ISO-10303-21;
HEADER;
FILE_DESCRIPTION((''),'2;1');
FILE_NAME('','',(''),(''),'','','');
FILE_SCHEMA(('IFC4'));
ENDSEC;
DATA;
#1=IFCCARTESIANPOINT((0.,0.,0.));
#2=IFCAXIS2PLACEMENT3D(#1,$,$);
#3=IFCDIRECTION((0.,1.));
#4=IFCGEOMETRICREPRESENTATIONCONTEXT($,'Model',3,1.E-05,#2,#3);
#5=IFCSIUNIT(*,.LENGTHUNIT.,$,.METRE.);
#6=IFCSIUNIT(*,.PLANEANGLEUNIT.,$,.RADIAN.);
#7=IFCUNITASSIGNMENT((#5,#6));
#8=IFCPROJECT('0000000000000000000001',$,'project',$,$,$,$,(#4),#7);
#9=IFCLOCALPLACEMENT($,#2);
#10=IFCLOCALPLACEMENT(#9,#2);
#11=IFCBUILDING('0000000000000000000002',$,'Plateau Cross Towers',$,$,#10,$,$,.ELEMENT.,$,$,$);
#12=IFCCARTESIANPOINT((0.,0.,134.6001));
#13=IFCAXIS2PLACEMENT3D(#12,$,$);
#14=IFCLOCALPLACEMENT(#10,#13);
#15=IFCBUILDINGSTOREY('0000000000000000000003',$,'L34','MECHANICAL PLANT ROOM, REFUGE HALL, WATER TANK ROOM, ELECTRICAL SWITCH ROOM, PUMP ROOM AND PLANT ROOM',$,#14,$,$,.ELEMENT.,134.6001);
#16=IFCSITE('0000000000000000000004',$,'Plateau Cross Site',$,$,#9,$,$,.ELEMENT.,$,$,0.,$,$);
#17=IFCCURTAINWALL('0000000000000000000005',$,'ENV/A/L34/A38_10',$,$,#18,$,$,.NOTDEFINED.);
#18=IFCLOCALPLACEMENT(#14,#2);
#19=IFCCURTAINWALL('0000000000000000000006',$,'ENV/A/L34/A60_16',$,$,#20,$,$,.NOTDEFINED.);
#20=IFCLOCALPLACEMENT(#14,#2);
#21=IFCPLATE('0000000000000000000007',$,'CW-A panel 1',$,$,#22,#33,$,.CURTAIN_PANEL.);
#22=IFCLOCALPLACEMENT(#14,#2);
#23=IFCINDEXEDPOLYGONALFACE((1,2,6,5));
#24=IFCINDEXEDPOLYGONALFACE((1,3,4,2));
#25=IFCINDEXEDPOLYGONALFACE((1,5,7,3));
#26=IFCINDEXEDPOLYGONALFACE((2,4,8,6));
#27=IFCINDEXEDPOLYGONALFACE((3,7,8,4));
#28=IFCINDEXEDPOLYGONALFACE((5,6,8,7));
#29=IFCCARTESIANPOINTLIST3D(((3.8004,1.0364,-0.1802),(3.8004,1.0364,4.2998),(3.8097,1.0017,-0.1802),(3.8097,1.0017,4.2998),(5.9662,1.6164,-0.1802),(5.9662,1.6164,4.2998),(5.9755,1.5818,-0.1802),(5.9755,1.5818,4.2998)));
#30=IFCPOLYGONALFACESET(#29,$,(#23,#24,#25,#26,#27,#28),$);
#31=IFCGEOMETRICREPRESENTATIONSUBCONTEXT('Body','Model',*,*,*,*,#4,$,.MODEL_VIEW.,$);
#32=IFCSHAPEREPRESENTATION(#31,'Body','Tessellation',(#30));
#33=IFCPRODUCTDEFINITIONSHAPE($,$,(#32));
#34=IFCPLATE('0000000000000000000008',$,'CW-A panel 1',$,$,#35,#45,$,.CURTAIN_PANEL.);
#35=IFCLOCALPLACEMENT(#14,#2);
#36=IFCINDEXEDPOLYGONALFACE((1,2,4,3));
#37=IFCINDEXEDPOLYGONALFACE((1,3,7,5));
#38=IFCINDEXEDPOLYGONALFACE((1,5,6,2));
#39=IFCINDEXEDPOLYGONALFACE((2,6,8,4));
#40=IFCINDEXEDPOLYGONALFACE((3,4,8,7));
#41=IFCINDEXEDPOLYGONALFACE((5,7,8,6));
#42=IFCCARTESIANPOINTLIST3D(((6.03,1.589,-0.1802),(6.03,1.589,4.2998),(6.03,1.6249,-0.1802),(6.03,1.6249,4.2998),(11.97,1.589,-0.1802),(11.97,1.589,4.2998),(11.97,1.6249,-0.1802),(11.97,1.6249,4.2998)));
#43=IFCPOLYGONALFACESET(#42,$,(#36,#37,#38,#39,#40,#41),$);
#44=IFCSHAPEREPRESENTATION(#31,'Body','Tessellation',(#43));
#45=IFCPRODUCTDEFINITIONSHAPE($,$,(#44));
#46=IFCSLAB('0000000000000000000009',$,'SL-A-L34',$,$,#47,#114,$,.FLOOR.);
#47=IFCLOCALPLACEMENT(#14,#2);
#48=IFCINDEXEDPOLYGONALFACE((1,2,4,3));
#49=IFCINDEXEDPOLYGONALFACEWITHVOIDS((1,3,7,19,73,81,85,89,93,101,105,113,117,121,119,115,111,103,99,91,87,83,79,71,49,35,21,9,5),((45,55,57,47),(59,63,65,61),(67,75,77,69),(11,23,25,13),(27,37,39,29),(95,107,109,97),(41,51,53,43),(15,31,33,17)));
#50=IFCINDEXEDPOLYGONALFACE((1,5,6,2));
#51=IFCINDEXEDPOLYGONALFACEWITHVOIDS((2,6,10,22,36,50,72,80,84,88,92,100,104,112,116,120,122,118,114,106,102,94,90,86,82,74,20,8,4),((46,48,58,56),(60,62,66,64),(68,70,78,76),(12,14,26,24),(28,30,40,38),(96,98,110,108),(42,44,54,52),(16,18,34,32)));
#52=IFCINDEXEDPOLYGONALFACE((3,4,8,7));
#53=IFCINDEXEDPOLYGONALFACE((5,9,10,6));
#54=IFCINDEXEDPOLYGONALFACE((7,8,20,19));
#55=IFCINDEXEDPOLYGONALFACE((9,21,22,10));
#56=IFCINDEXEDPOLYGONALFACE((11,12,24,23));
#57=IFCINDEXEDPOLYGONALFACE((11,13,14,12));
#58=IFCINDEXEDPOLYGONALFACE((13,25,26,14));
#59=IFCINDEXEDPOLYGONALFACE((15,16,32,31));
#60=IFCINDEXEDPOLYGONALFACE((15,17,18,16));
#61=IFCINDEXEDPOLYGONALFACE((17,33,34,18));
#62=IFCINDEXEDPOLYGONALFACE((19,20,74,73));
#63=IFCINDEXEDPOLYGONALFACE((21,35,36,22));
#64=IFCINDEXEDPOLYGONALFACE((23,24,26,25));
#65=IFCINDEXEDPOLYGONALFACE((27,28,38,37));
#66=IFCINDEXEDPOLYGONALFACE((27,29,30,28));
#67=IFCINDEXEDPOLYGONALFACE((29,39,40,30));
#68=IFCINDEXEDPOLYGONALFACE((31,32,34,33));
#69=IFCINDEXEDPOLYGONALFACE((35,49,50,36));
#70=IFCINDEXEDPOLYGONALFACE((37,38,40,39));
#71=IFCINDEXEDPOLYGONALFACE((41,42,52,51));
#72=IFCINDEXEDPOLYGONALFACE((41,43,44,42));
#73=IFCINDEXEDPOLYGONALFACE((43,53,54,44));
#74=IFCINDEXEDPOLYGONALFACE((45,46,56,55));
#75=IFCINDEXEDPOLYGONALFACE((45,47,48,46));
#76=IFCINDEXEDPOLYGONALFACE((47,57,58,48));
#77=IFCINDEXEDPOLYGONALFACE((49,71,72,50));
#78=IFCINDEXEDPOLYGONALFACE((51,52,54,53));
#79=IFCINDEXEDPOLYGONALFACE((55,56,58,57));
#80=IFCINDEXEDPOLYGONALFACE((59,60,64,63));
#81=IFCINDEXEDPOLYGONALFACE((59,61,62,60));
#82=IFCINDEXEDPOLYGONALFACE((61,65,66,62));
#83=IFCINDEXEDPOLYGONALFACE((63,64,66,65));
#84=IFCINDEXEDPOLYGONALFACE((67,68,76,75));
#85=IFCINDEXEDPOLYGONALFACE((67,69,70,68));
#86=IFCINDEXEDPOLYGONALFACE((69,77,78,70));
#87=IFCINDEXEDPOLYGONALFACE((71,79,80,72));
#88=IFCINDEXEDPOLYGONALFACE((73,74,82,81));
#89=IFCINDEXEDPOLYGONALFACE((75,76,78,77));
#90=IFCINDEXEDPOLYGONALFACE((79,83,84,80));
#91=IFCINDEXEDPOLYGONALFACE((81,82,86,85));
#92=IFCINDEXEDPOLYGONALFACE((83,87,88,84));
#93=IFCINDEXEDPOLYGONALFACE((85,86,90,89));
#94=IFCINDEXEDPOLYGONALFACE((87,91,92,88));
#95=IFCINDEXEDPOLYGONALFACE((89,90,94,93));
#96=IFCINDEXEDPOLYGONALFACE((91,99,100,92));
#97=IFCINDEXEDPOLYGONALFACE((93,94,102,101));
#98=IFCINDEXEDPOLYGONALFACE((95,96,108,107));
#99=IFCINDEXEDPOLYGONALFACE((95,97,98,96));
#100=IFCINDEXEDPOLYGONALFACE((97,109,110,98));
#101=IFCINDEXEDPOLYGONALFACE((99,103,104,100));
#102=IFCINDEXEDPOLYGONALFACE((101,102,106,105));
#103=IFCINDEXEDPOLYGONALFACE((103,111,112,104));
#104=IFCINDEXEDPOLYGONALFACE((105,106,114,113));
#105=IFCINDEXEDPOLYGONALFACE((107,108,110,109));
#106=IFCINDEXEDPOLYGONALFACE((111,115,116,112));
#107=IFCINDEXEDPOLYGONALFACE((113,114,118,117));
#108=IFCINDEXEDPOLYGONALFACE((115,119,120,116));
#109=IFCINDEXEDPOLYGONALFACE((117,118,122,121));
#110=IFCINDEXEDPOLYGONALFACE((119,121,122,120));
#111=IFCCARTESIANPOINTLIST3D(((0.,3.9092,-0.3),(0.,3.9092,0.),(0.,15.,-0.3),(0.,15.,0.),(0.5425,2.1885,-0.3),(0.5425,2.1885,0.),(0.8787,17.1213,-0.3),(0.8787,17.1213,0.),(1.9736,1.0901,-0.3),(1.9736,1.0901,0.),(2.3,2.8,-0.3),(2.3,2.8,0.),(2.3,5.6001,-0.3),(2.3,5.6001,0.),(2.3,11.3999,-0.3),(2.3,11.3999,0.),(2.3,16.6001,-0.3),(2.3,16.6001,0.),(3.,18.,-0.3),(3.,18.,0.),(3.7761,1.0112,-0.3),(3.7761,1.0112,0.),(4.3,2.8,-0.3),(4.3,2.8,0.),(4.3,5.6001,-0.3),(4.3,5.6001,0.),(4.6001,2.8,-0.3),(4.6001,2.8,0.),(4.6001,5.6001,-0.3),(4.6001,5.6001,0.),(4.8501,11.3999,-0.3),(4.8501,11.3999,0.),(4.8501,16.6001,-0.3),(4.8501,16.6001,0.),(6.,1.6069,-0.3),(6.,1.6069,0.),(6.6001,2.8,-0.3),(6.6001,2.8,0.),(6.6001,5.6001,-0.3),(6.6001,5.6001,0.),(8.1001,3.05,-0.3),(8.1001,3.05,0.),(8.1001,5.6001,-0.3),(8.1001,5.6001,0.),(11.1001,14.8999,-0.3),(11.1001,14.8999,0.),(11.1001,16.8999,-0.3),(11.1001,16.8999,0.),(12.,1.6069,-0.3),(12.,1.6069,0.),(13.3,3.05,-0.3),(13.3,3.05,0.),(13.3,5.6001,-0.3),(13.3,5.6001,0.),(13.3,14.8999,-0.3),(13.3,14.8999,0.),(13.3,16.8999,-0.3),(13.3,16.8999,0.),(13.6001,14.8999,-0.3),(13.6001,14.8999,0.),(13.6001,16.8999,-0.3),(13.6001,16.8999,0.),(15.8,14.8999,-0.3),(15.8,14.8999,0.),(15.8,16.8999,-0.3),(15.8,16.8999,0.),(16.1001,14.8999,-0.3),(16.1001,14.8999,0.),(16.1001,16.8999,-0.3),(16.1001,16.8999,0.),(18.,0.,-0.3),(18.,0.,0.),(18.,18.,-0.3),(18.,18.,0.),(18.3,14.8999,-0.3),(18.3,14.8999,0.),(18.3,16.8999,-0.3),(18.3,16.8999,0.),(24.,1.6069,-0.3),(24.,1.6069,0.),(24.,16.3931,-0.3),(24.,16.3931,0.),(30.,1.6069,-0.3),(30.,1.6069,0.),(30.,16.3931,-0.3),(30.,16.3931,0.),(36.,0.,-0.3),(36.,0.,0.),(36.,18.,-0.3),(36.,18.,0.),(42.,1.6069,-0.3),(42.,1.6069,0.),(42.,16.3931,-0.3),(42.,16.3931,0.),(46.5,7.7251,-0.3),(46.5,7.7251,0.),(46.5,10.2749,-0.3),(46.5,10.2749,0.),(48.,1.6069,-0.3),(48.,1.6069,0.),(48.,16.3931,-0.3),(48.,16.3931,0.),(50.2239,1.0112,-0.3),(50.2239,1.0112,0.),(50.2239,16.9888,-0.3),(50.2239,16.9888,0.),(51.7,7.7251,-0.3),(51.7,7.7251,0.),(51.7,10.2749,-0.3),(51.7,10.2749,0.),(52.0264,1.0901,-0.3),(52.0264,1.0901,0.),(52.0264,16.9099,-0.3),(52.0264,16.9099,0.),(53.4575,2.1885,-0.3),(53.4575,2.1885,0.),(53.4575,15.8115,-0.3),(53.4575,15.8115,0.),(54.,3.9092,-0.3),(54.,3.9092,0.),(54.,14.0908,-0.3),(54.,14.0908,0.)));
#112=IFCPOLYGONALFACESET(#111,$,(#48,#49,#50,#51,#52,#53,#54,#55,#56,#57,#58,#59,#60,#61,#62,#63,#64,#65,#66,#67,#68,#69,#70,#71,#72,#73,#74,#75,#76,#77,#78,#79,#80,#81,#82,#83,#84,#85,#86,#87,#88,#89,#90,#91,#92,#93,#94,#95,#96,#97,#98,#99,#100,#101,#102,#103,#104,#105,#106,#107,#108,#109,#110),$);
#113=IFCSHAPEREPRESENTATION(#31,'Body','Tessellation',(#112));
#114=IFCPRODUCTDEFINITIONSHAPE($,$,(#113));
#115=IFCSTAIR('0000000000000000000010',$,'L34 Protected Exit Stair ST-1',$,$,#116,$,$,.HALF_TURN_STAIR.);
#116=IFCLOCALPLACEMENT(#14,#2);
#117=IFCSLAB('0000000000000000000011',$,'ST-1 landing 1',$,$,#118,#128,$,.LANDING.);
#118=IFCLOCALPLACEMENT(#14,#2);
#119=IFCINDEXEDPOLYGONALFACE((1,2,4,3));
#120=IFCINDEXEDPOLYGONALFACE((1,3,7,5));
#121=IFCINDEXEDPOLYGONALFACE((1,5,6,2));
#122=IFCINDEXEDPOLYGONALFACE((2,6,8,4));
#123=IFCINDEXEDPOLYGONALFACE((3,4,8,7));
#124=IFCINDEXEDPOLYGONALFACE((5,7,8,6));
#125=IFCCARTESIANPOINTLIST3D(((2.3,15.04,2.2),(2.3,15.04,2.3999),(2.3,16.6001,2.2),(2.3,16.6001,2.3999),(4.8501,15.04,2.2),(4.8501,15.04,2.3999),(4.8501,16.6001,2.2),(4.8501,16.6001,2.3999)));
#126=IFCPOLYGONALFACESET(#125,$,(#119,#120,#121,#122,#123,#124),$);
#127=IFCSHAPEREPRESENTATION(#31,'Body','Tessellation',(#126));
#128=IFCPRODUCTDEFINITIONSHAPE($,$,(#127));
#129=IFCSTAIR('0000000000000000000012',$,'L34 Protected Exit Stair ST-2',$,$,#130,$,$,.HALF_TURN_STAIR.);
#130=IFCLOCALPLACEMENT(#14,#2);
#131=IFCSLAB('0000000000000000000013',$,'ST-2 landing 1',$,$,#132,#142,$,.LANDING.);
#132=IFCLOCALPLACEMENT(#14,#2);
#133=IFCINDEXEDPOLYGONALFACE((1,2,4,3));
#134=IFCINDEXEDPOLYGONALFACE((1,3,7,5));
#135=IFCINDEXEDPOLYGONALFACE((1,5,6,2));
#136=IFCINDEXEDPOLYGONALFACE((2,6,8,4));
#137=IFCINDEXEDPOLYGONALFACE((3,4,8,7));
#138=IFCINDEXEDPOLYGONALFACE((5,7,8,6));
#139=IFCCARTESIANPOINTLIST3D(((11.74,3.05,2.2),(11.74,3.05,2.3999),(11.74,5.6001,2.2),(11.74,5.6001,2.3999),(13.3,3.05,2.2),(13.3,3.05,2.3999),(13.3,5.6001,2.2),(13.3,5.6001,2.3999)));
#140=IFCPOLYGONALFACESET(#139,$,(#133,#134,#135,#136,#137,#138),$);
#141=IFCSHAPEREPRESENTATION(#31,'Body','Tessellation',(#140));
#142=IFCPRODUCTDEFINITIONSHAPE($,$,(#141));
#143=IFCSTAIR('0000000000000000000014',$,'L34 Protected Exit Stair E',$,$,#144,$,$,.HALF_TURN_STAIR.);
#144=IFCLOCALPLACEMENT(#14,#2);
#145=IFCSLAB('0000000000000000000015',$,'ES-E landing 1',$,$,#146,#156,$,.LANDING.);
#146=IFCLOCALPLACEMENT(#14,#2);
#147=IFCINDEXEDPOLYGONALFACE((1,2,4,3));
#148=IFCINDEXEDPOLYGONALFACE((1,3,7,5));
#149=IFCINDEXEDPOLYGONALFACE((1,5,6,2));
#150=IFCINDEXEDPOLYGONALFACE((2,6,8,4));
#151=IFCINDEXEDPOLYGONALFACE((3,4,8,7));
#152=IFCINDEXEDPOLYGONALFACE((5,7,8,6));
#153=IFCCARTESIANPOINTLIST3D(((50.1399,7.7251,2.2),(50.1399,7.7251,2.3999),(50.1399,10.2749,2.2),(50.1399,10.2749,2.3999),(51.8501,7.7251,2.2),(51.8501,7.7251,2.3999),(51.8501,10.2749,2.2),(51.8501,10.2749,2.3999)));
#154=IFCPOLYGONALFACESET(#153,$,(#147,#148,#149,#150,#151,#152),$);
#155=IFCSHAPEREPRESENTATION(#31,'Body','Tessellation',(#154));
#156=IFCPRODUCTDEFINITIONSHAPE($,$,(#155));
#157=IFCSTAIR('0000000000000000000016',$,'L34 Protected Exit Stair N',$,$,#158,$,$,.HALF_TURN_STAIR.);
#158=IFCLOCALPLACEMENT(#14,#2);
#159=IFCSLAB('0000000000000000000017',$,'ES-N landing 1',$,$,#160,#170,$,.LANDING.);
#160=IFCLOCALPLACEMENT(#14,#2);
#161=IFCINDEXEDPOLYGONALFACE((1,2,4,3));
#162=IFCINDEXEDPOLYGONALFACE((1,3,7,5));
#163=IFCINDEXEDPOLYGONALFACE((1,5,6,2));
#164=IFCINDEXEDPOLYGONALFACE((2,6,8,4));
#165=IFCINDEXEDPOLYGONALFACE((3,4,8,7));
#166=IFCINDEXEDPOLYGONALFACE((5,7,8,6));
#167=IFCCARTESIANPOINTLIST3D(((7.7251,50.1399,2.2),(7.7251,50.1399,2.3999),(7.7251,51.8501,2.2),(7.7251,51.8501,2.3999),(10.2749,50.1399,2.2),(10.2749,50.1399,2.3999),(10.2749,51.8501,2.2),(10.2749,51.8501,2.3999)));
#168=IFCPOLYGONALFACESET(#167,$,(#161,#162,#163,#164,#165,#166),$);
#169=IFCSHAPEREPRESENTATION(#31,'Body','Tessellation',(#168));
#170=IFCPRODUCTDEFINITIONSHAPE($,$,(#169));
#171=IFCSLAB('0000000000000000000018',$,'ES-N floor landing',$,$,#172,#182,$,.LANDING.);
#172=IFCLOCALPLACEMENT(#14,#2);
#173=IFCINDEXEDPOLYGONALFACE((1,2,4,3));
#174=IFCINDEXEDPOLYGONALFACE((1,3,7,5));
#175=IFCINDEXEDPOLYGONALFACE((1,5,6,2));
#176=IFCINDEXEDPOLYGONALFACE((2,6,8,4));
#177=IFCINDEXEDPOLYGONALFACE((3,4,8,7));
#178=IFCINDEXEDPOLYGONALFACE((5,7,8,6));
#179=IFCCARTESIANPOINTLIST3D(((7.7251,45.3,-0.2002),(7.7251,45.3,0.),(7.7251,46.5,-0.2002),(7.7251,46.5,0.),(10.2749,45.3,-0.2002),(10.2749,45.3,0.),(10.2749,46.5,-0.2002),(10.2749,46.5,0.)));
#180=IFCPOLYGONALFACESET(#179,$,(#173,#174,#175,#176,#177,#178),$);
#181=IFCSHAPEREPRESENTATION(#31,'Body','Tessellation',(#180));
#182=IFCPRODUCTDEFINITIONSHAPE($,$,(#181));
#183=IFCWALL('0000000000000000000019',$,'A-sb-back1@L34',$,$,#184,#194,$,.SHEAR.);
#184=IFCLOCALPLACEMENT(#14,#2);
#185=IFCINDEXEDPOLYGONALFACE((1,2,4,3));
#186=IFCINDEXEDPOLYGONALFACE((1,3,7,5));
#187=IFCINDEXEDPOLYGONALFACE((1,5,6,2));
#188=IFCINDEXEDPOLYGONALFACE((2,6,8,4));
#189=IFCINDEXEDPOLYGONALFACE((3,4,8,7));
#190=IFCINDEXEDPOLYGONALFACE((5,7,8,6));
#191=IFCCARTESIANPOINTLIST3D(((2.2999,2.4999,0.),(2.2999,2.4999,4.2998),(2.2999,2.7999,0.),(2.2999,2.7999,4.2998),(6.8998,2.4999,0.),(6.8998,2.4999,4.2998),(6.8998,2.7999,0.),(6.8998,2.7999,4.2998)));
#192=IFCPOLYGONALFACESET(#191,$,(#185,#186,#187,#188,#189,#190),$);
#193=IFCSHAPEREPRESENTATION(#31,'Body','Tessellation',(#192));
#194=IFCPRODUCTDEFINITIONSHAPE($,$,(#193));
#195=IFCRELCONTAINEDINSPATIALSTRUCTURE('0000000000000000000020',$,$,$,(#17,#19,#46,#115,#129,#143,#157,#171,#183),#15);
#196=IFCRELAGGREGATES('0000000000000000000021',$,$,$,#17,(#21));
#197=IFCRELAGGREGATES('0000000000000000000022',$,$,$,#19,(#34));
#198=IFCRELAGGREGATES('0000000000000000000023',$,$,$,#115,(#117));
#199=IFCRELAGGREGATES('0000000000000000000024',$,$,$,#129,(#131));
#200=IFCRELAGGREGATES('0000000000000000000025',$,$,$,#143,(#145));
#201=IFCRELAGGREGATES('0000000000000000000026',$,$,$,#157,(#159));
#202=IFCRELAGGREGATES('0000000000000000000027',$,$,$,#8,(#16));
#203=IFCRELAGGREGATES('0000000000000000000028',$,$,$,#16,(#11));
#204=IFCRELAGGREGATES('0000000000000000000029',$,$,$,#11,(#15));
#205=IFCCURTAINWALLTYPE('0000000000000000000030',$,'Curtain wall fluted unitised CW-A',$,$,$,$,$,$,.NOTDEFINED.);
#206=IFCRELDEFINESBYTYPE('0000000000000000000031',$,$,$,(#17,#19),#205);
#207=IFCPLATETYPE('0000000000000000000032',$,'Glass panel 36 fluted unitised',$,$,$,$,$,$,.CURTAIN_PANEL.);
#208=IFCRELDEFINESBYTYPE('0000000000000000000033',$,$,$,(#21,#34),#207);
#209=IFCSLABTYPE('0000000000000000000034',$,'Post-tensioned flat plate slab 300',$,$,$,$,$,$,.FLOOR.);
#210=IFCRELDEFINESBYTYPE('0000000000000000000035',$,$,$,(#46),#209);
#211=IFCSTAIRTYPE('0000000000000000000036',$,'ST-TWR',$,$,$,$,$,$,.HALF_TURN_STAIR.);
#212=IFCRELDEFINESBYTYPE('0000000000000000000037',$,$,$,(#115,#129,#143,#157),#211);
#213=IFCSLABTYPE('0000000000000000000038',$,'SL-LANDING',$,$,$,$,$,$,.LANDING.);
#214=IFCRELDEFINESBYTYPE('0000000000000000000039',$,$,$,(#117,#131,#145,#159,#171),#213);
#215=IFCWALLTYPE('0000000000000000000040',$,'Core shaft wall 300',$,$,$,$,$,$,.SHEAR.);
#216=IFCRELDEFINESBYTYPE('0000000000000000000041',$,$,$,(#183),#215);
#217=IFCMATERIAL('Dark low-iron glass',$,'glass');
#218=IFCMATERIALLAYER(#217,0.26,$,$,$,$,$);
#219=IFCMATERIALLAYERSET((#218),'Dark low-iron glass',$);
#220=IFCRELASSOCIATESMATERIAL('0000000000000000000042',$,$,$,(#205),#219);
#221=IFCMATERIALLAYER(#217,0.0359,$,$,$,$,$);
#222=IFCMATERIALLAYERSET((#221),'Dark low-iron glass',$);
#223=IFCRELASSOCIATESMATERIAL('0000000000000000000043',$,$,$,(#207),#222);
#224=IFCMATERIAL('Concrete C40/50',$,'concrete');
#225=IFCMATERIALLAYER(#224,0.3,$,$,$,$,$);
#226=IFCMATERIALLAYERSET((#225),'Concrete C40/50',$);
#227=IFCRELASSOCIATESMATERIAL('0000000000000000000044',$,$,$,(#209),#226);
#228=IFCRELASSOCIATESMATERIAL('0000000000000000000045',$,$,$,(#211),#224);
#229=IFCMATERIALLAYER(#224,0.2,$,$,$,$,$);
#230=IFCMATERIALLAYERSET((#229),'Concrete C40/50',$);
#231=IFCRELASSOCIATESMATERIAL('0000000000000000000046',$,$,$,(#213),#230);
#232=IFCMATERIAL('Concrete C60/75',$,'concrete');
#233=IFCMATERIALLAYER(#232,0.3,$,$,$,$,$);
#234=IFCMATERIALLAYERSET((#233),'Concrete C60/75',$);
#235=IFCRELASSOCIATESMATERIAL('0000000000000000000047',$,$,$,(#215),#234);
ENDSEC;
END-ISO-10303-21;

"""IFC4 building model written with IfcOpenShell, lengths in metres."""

from ifc_helpers import new_model, si_unit, direction, frame, frame_2d, origin, origin_2d, place, context, subcontext, project, spatial, polyline, rectangle, outline, extrude, material, layer, layer_set, type_object, element, aggregate, save


model = new_model("IFC4")

# Units and contexts
model_context = context("Model", 3, precision=1e-05, world=origin(), true_north=direction((0.0, 1.0)))
body_context = subcontext(model_context, "Body", "Model", "MODEL_VIEW")
ifc_project = project(units=[si_unit("LENGTHUNIT", "METRE"), si_unit("PLANEANGLEUNIT", "RADIAN")], contexts=[model_context])

# Site, building, storey
site_placement = place(None, origin())
site = spatial("IfcSite", under=ifc_project, at=site_placement, Name="Plateau Cross Site", CompositionType="ELEMENT", RefElevation=0.0)
building_placement = place(site_placement, origin())
building = spatial("IfcBuilding", under=site, at=building_placement, Name="Plateau Cross Towers", CompositionType="ELEMENT")
storey_placement = place(building_placement, frame((0.0, 0.0, 134.6001)))
storey = spatial("IfcBuildingStorey", under=building, at=storey_placement, Name="L34", Description="MECHANICAL PLANT ROOM, REFUGE HALL, WATER TANK ROOM, ELECTRICAL SWITCH ROOM, PUMP ROOM AND PLANT ROOM", CompositionType="ELEMENT", Elevation=134.6001)

# Shared definitions
ifc_material_1 = material(Name="Concrete C60/75", Category="concrete")

# Shared definitions
ifc_material_2 = material(Name="Dark low-iron glass", Category="glass")

# Curtain walls
ifc_layer_1 = layer(ifc_material_2, 0.26)
ifc_layer_set_1 = layer_set([ifc_layer_1], Name="Dark low-iron glass")
curtain_wall_type_1 = type_object("IfcCurtainWallType", Name="Curtain wall fluted unitised CW-A", PredefinedType="NOTDEFINED", material=ifc_layer_set_1)
curtain_wall_1_placement = place(storey_placement, origin())
curtain_wall_1 = element("IfcCurtainWall", 1, at=curtain_wall_1_placement, inside=storey, type_object=curtain_wall_type_1, Name="ENV/A/L34/A38_10", PredefinedType="NOTDEFINED")
curtain_wall_2_placement = place(storey_placement, origin())
curtain_wall_2 = element("IfcCurtainWall", 2, at=curtain_wall_2_placement, inside=storey, type_object=curtain_wall_type_1, Name="ENV/A/L34/A60_16", PredefinedType="NOTDEFINED")

# Plates
ifc_layer_2 = layer(ifc_material_2, 0.0359)
ifc_layer_set_2 = layer_set([ifc_layer_2], Name="Dark low-iron glass")
plate_type_1 = type_object("IfcPlateType", Name="Glass panel 36 fluted unitised", PredefinedType="CURTAIN_PANEL", material=ifc_layer_set_2)
plate_1_placement = place(storey_placement, frame((4.8879, 1.3091, -0.1802), z_axis=(0.0, 0.0, 1.0), x_axis=(0.965958, 0.258699, 0.0)))
plate_1 = element("IfcPlate", 3, at=plate_1_placement, type_object=plate_type_1, Name="CW-A panel 1", PredefinedType="CURTAIN_PANEL", context=body_context, shape_type="SweptSolid", body=[
    extrude(rectangle(XDim=2.2422, YDim=0.0359, at=origin_2d()), origin(), (0.0, 0.0, 1.0), 4.48),
])
aggregate(curtain_wall_1, [plate_1])
plate_2_placement = place(storey_placement, frame((9.0, 1.6069, -0.1802), z_axis=(0.0, 0.0, 1.0), x_axis=(1.0, 0.0, 0.0)))
plate_2 = element("IfcPlate", 4, at=plate_2_placement, type_object=plate_type_1, Name="CW-A panel 1", PredefinedType="CURTAIN_PANEL", context=body_context, shape_type="SweptSolid", body=[
    extrude(rectangle(XDim=5.9399, YDim=0.0359, at=origin_2d()), origin(), (0.0, 0.0, 1.0), 4.48),
])
aggregate(curtain_wall_2, [plate_2])

# Slab
ifc_material_3 = material(Name="Concrete C40/50", Category="concrete")
ifc_layer_3 = layer(ifc_material_3, 0.3)
ifc_layer_set_3 = layer_set([ifc_layer_3], Name="Concrete C40/50")
slab_type_1 = type_object("IfcSlabType", Name="Post-tensioned flat plate slab 300", PredefinedType="FLOOR", material=ifc_layer_set_3)
slab_1_placement = place(storey_placement, frame((0.0, 0.0, -0.3)))
element("IfcSlab", 5, at=slab_1_placement, inside=storey, type_object=slab_type_1, Name="SL-A-L34", PredefinedType="FLOOR", context=body_context, shape_type="SweptSolid", body=[
    extrude(outline(polyline([(1.9736, 1.0901), (0.5425, 2.1885), (0.0, 3.9092), (0.0, 15.0), (0.8787, 17.1213), (3.0, 18.0), (18.0, 18.0), (24.0, 16.3931), (30.0, 16.3931), (36.0, 18.0), (42.0, 16.3931), (48.0, 16.3931), (50.2239, 16.9888), (52.0264, 16.9099), (53.4575, 15.8115), (54.0, 14.0908), (54.0, 3.9092), (53.4575, 2.1885), (52.0264, 1.0901), (50.2239, 1.0112), (48.0, 1.6069), (42.0, 1.6069), (36.0, 0.0), (30.0, 1.6069), (24.0, 1.6069), (18.0, 0.0), (12.0, 1.6069), (6.0, 1.6069), (3.7761, 1.0112), (1.9736, 1.0901)]), holes=[polyline([(4.3, 5.6001), (2.3, 5.6001), (2.3, 2.8), (4.3, 2.8), (4.3, 5.6001)]), polyline([(6.6001, 5.6001), (4.6001, 5.6001), (4.6001, 2.8), (6.6001, 2.8), (6.6001, 5.6001)]), polyline([(13.3, 5.6001), (8.1001, 5.6001), (8.1001, 3.05), (13.3, 3.05), (13.3, 5.6001)]), polyline([(51.7, 10.2749), (46.5, 10.2749), (46.5, 7.7251), (51.7, 7.7251), (51.7, 10.2749)]), polyline([(2.3, 16.6001), (2.3, 11.3999), (4.8501, 11.3999), (4.8501, 16.6001), (2.3, 16.6001)]), polyline([(13.3, 16.8999), (11.1001, 16.8999), (11.1001, 14.8999), (13.3, 14.8999), (13.3, 16.8999)]), polyline([(15.8, 16.8999), (13.6001, 16.8999), (13.6001, 14.8999), (15.8, 14.8999), (15.8, 16.8999)]), polyline([(18.3, 14.8999), (18.3, 16.8999), (16.1001, 16.8999), (16.1001, 14.8999), (18.3, 14.8999)])]), origin(), (0.0, 0.0, 1.0), 0.3),
])

# Stairs, slabs
stair_type = type_object("IfcStairType", Name="ST-TWR", PredefinedType="HALF_TURN_STAIR", material=ifc_material_3)
stair_1_placement = place(storey_placement, origin())
stair_1 = element("IfcStair", 6, at=stair_1_placement, inside=storey, type_object=stair_type, Name="L34 Protected Exit Stair ST-1", PredefinedType="HALF_TURN_STAIR")
ifc_layer_4 = layer(ifc_material_3, 0.2)
ifc_layer_set_4 = layer_set([ifc_layer_4], Name="Concrete C40/50")
slab_type_2 = type_object("IfcSlabType", Name="SL-LANDING", PredefinedType="LANDING", material=ifc_layer_set_4)
slab_2_placement = place(storey_placement, frame((0.0, 0.0, 2.2)))
slab_2 = element("IfcSlab", 7, at=slab_2_placement, type_object=slab_type_2, Name="ST-1 landing 1", PredefinedType="LANDING", context=body_context, shape_type="SweptSolid", body=[
    extrude(outline(polyline([(4.8501, 15.04), (4.8501, 16.6001), (2.3, 16.6001), (2.3, 15.04), (4.8501, 15.04)])), origin(), (0.0, 0.0, 1.0), 0.2),
])
aggregate(stair_1, [slab_2])
stair_2_placement = place(storey_placement, origin())
stair_2 = element("IfcStair", 8, at=stair_2_placement, inside=storey, type_object=stair_type, Name="L34 Protected Exit Stair ST-2", PredefinedType="HALF_TURN_STAIR")
slab_3_placement = place(storey_placement, frame((0.0, 0.0, 2.2)))
slab_3 = element("IfcSlab", 9, at=slab_3_placement, type_object=slab_type_2, Name="ST-2 landing 1", PredefinedType="LANDING", context=body_context, shape_type="SweptSolid", body=[
    extrude(outline(polyline([(11.74, 3.05), (13.3, 3.05), (13.3, 5.6001), (11.74, 5.6001), (11.74, 3.05)])), origin(), (0.0, 0.0, 1.0), 0.2),
])
aggregate(stair_2, [slab_3])
stair_3_placement = place(storey_placement, origin())
stair_3 = element("IfcStair", 10, at=stair_3_placement, inside=storey, type_object=stair_type, Name="L34 Protected Exit Stair E", PredefinedType="HALF_TURN_STAIR")
slab_4_placement = place(storey_placement, frame((0.0, 0.0, 2.2)))
slab_4 = element("IfcSlab", 11, at=slab_4_placement, type_object=slab_type_2, Name="ES-E landing 1", PredefinedType="LANDING", context=body_context, shape_type="SweptSolid", body=[
    extrude(outline(polyline([(50.1399, 7.7251), (51.8501, 7.7251), (51.8501, 10.2749), (50.1399, 10.2749), (50.1399, 7.7251)])), origin(), (0.0, 0.0, 1.0), 0.2),
])
aggregate(stair_3, [slab_4])
stair_4_placement = place(storey_placement, origin())
stair_4 = element("IfcStair", 12, at=stair_4_placement, inside=storey, type_object=stair_type, Name="L34 Protected Exit Stair N", PredefinedType="HALF_TURN_STAIR")
slab_5_placement = place(storey_placement, frame((0.0, 0.0, 2.2)))
slab_5 = element("IfcSlab", 13, at=slab_5_placement, type_object=slab_type_2, Name="ES-N landing 1", PredefinedType="LANDING", context=body_context, shape_type="SweptSolid", body=[
    extrude(outline(polyline([(10.2749, 50.1399), (10.2749, 51.8501), (7.7251, 51.8501), (7.7251, 50.1399), (10.2749, 50.1399)])), origin(), (0.0, 0.0, 1.0), 0.2),
])
aggregate(stair_4, [slab_5])

# Slab
slab_6_placement = place(storey_placement, frame((0.0, 0.0, -0.2002)))
element("IfcSlab", 14, at=slab_6_placement, inside=storey, type_object=slab_type_2, Name="ES-N floor landing", PredefinedType="LANDING", context=body_context, shape_type="SweptSolid", body=[
    extrude(outline(polyline([(10.2749, 45.3), (10.2749, 46.5), (7.7251, 46.5), (7.7251, 45.3), (10.2749, 45.3)])), origin(), (0.0, 0.0, 1.0), 0.2002),
])

# Wall
ifc_layer_5 = layer(ifc_material_1, 0.3)
ifc_layer_set_5 = layer_set([ifc_layer_5], Name="Concrete C60/75")
wall_type_1 = type_object("IfcWallType", Name="Core shaft wall 300", PredefinedType="SHEAR", material=ifc_layer_set_5)
wall_1_placement = place(storey_placement, frame((2.3, 2.6499, 0.0), z_axis=(0.0, 0.0, 1.0), x_axis=(1.0, 0.0, 0.0)))
element("IfcWall", 15, at=wall_1_placement, inside=storey, type_object=wall_type_1, Name="A-sb-back1@L34", PredefinedType="SHEAR", context=body_context, shape_type="SweptSolid", body=[
    extrude(rectangle(XDim=4.5999, YDim=0.3, at=frame_2d((2.2998, 0.0))), origin(), (0.0, 0.0, 1.0), 4.2998),
])

save(model, "model.ifc")
